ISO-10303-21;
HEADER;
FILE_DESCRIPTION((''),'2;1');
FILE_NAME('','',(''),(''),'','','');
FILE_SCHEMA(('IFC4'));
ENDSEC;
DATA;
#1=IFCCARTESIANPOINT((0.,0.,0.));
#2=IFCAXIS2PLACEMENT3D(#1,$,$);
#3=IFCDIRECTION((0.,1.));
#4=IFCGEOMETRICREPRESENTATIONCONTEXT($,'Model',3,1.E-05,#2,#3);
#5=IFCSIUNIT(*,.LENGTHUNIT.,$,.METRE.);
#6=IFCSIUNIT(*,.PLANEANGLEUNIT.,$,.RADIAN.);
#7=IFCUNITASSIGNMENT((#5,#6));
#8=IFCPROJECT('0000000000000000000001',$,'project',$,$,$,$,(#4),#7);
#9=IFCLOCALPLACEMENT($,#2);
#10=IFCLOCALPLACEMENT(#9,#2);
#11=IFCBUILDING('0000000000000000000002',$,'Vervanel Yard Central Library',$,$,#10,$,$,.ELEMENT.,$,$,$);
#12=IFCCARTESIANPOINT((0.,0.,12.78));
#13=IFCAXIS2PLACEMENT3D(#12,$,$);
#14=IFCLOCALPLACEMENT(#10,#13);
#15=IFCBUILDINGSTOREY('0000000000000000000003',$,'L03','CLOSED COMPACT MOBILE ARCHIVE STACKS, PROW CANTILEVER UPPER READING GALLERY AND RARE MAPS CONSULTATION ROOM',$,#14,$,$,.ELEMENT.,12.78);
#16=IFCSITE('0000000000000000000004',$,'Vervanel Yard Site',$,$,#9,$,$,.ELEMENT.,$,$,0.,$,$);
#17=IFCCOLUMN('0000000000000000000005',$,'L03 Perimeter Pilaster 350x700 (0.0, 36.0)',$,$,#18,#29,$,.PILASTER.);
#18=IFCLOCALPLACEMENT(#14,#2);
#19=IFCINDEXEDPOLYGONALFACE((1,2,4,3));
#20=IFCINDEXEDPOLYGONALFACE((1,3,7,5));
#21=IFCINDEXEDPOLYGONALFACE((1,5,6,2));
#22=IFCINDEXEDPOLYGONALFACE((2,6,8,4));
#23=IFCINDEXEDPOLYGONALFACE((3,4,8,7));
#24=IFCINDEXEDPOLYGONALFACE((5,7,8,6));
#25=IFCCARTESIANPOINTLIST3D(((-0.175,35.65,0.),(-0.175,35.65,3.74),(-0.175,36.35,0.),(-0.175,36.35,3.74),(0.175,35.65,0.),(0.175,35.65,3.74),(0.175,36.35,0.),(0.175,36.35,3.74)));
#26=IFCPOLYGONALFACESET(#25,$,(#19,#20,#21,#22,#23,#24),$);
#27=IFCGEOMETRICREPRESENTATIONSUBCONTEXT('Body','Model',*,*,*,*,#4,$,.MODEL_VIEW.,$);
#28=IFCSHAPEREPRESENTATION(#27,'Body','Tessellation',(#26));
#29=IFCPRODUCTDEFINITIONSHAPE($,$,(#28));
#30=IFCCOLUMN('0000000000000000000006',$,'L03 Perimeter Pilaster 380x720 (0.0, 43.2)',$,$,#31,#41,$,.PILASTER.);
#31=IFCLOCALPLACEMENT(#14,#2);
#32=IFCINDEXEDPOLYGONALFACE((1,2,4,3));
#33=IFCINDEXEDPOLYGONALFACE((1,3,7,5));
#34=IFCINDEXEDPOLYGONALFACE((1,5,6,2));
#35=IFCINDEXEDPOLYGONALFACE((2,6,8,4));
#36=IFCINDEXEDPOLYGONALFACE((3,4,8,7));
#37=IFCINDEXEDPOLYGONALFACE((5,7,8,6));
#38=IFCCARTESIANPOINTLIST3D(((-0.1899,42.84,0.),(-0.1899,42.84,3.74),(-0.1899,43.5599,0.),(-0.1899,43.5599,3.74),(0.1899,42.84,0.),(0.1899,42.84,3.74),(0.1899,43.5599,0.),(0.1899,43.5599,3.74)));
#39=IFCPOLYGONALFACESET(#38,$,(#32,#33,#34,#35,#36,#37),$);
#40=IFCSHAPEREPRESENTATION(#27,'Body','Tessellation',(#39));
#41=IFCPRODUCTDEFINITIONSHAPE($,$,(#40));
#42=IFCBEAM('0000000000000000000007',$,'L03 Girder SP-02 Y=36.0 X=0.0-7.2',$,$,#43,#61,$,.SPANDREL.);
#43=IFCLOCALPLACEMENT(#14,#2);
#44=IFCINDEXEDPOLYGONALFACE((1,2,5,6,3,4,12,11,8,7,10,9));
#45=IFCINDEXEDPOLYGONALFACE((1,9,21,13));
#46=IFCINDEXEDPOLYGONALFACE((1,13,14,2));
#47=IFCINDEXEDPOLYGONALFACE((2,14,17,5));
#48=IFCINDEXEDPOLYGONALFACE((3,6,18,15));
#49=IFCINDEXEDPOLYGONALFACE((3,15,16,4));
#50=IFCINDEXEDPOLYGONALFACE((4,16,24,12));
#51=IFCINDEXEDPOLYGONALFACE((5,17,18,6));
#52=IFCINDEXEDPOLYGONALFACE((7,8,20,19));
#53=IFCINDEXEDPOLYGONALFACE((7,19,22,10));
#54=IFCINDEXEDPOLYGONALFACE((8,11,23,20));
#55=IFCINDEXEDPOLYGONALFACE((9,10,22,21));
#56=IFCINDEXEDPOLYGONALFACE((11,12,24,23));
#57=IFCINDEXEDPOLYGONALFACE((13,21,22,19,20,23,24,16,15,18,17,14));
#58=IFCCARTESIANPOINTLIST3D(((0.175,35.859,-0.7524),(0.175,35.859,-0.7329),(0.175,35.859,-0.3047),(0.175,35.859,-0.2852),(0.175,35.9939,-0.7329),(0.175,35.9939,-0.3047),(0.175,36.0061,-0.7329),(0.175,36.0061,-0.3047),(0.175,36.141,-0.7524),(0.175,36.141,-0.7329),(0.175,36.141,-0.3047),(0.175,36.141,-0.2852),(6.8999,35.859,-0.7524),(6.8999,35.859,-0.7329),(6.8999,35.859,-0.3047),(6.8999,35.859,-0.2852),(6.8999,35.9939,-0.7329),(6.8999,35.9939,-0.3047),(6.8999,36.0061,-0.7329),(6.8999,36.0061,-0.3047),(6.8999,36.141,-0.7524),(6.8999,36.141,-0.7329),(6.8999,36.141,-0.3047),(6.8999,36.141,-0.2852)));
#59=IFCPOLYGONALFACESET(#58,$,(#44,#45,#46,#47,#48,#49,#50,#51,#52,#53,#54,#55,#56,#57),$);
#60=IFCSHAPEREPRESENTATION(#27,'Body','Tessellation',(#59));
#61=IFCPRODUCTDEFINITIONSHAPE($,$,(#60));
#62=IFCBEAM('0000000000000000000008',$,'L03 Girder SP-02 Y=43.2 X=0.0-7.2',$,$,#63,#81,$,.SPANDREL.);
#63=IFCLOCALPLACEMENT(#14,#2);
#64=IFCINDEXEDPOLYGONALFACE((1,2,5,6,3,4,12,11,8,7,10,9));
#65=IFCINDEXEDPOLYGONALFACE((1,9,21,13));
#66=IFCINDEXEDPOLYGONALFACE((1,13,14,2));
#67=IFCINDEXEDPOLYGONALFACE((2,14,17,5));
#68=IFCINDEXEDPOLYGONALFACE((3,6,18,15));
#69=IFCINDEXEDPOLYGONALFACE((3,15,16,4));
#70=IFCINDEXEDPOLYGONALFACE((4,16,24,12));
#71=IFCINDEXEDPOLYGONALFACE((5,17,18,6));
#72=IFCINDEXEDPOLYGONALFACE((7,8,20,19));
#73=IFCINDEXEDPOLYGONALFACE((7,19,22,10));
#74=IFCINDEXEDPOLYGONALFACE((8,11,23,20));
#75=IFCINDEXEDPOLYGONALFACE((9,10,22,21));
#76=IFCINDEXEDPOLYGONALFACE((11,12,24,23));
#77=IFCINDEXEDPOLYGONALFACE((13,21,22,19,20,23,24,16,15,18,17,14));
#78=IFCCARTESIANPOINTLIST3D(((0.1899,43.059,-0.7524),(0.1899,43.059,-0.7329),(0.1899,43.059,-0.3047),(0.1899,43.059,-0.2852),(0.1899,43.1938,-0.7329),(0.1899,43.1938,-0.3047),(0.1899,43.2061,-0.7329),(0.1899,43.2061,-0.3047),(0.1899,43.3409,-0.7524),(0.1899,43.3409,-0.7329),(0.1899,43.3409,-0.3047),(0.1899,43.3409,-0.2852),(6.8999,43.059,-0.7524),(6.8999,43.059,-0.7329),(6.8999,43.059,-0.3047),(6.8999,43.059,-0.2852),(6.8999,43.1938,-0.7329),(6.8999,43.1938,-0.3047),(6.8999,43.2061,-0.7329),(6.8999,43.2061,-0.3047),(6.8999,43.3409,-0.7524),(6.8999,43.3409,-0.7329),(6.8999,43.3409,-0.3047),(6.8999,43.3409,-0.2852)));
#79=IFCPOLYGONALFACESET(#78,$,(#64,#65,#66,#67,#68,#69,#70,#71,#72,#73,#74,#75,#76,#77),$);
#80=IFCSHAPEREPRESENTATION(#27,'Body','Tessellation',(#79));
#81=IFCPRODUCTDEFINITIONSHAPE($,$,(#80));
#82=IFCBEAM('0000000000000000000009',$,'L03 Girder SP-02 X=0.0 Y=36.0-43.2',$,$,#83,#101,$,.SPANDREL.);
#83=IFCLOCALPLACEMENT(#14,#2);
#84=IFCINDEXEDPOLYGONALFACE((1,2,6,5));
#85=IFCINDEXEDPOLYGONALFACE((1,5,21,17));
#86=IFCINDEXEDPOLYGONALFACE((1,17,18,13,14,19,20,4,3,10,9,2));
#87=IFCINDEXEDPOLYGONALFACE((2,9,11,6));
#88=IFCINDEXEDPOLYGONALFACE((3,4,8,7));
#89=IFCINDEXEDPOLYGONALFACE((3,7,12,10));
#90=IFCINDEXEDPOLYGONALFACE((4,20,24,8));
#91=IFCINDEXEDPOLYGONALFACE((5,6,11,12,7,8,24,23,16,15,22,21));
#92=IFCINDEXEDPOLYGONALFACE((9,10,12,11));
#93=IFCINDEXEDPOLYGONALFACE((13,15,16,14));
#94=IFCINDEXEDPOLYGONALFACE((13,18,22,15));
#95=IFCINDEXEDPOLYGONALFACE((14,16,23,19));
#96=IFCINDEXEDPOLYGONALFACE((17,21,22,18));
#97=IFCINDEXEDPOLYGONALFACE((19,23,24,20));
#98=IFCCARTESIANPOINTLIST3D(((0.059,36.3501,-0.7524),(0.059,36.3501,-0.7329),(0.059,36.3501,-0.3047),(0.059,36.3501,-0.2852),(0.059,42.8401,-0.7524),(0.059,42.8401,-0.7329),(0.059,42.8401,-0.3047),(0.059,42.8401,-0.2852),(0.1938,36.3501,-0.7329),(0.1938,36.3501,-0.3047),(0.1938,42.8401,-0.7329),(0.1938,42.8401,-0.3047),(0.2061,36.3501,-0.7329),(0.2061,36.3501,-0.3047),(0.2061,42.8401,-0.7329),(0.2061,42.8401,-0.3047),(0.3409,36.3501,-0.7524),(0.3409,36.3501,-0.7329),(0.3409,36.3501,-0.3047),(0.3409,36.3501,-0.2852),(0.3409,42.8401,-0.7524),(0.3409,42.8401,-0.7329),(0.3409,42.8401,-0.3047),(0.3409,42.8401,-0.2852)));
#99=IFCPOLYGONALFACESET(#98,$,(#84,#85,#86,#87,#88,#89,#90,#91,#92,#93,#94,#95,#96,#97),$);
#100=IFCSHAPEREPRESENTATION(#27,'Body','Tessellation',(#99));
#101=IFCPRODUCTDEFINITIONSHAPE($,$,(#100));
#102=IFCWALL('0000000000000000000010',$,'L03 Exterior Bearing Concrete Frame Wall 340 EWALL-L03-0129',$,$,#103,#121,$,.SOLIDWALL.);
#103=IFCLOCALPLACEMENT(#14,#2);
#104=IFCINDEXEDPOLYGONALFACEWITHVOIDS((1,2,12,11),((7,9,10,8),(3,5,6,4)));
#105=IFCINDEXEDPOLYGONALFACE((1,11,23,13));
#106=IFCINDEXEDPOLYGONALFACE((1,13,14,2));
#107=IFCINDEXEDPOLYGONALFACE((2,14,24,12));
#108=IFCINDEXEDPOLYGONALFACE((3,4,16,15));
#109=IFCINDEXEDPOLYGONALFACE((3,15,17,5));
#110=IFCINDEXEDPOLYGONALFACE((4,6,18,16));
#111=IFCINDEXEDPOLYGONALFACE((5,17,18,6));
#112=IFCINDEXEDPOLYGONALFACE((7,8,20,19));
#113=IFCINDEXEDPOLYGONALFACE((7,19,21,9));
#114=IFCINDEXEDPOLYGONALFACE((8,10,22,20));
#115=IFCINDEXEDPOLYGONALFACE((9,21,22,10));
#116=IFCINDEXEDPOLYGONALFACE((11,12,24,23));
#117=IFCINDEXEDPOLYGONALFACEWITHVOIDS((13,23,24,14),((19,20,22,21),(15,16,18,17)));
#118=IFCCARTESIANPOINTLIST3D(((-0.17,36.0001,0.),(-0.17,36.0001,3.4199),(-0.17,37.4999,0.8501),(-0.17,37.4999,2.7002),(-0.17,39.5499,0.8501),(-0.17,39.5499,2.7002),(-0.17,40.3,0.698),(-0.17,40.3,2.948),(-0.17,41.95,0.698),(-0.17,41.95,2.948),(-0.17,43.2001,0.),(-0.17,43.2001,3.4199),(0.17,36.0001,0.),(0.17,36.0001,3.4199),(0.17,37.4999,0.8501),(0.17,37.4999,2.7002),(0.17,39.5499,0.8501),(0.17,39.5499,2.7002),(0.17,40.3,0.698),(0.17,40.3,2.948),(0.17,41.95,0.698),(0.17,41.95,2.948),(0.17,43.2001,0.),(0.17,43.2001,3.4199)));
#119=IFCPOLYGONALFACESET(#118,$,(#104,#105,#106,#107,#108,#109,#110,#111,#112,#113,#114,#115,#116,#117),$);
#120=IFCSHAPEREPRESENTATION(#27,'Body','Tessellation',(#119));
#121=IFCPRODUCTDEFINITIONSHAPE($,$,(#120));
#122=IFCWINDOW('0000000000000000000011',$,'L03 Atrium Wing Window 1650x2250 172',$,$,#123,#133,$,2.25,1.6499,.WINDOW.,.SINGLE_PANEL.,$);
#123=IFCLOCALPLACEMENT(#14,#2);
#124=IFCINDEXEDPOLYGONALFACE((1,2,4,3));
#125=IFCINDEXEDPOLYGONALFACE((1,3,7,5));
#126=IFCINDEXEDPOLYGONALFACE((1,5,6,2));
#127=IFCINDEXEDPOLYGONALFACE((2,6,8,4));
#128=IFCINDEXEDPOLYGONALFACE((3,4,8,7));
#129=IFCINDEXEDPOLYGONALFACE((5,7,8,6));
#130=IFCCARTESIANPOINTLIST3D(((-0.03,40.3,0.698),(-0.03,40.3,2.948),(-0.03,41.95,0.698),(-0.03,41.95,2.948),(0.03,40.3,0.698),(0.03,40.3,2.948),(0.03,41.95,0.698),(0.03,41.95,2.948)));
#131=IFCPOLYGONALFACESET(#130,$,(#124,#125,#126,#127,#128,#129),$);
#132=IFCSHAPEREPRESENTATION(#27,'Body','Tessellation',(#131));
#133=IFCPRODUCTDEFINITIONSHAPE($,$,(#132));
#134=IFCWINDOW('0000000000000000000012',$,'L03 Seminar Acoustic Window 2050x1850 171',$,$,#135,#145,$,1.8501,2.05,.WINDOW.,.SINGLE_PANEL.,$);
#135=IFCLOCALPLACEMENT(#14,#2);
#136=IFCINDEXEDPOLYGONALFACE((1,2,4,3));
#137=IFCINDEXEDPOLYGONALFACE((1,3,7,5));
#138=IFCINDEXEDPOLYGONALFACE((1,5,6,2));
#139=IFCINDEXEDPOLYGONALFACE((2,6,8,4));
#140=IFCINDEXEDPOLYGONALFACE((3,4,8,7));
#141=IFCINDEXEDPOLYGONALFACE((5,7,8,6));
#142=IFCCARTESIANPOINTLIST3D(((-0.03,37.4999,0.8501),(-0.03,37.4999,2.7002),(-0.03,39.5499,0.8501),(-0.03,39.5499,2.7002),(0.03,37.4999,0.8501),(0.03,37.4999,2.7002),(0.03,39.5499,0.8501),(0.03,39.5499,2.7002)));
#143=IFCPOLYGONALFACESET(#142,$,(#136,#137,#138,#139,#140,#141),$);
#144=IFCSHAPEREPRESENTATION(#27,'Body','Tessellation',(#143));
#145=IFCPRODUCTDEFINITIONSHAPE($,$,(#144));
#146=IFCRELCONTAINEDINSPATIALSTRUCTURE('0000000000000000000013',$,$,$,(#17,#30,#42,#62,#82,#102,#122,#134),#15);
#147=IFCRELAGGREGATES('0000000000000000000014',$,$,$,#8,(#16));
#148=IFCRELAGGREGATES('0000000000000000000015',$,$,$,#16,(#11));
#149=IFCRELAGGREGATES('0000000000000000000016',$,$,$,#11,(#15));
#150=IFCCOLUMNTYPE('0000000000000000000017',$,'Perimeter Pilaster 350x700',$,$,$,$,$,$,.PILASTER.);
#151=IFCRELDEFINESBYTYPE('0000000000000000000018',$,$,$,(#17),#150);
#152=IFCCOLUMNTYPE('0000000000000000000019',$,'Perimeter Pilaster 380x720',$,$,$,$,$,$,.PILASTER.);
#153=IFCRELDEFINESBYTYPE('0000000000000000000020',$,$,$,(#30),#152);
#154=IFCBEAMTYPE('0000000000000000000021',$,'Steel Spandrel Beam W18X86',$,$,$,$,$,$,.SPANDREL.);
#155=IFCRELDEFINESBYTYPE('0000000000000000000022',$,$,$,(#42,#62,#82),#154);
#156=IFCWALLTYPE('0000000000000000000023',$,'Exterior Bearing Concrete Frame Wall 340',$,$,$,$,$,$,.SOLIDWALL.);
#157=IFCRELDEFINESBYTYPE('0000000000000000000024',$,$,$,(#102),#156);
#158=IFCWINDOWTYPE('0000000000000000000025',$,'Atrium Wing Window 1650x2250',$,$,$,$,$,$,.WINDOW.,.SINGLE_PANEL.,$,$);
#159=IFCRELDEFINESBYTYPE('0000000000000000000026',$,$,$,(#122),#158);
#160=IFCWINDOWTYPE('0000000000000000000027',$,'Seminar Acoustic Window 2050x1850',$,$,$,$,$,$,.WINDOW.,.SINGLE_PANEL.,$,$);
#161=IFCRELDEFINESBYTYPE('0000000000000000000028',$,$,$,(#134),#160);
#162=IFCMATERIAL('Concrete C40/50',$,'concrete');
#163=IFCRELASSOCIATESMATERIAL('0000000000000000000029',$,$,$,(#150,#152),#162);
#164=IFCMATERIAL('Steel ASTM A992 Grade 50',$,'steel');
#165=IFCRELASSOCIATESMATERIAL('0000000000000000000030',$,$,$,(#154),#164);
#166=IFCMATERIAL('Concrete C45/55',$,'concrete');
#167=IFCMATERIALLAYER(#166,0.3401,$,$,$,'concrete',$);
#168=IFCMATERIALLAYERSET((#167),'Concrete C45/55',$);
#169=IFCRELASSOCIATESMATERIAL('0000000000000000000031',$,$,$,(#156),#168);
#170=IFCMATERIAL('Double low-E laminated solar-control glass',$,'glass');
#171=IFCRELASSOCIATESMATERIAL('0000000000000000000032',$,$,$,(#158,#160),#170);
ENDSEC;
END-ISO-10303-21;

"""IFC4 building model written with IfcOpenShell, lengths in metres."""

from ifc_helpers import new_model, si_unit, direction, frame, frame_2d, origin, origin_2d, place, context, subcontext, project, spatial, rectangle, i_section, extrude, material, layer, layer_set, material_profile, profile_set, type_object, element, fill, save


model = new_model("IFC4")

# Units and contexts
model_context = context("Model", 3, precision=1e-05, world=origin(), true_north=direction((0.0, 1.0)))
body_context = subcontext(model_context, "Body", "Model", "MODEL_VIEW")
ifc_project = project(units=[si_unit("LENGTHUNIT", "METRE"), si_unit("PLANEANGLEUNIT", "RADIAN")], contexts=[model_context])

# Site, building, storey
site_placement = place(None, origin())
site = spatial("IfcSite", under=ifc_project, at=site_placement, Name="Vervanel Yard Site", CompositionType="ELEMENT", RefElevation=0.0)
building_placement = place(site_placement, origin())
building = spatial("IfcBuilding", under=site, at=building_placement, Name="Vervanel Yard Central Library", CompositionType="ELEMENT")
storey_placement = place(building_placement, frame((0.0, 0.0, 12.78)))
storey = spatial("IfcBuildingStorey", under=building, at=storey_placement, Name="L03", Description="CLOSED COMPACT MOBILE ARCHIVE STACKS, PROW CANTILEVER UPPER READING GALLERY AND RARE MAPS CONSULTATION ROOM", CompositionType="ELEMENT", Elevation=12.78)

# Columns
ifc_material_1 = material(Name="Concrete C40/50", Category="concrete")
ifc_material_profile_1 = material_profile(ifc_material_1, rectangle(XDim=0.3501, YDim=0.7, at=origin_2d()), Name="RC 350x700", Category="concrete")
ifc_profile_set_1 = profile_set([ifc_material_profile_1], Name="Concrete C40/50")
column_type_1 = type_object("IfcColumnType", Name="Perimeter Pilaster 350x700", PredefinedType="PILASTER", material=ifc_profile_set_1)
column_1_placement = place(storey_placement, frame((0.0, 36.0, 0.0), z_axis=(0.0, 0.0, 1.0), x_axis=(1.0, 0.0, 0.0)))
element("IfcColumn", 1, at=column_1_placement, inside=storey, type_object=column_type_1, Name="L03 Perimeter Pilaster 350x700 (0.0, 36.0)", PredefinedType="PILASTER", context=body_context, shape_type="SweptSolid", body=[
    extrude(rectangle(XDim=0.3501, YDim=0.7, at=origin_2d()), origin(), (0.0, 0.0, 1.0), 3.74),
])
ifc_material_profile_2 = material_profile(ifc_material_1, rectangle(XDim=0.3799, YDim=0.72, at=origin_2d()), Name="RC 380x720", Category="concrete")
ifc_profile_set_2 = profile_set([ifc_material_profile_2], Name="Concrete C40/50")
column_type_2 = type_object("IfcColumnType", Name="Perimeter Pilaster 380x720", PredefinedType="PILASTER", material=ifc_profile_set_2)
column_2_placement = place(storey_placement, frame((0.0, 43.2, 0.0), z_axis=(0.0, 0.0, 1.0), x_axis=(1.0, 0.0, 0.0)))
element("IfcColumn", 2, at=column_2_placement, inside=storey, type_object=column_type_2, Name="L03 Perimeter Pilaster 380x720 (0.0, 43.2)", PredefinedType="PILASTER", context=body_context, shape_type="SweptSolid", body=[
    extrude(rectangle(XDim=0.3799, YDim=0.72, at=origin_2d()), origin(), (0.0, 0.0, 1.0), 3.74),
])

# Beams
ifc_material_2 = material(Name="Steel ASTM A992 Grade 50", Category="steel")
ifc_material_profile_3 = material_profile(ifc_material_2, i_section(OverallWidth=0.282, OverallDepth=0.4673, WebThickness=0.0122, FlangeThickness=0.0195, at=origin_2d()), Name="W18X86", Category="steel")
ifc_profile_set_3 = profile_set([ifc_material_profile_3], Name="Steel ASTM A992 Grade 50")
beam_type = type_object("IfcBeamType", Name="Steel Spandrel Beam W18X86", PredefinedType="SPANDREL", material=ifc_profile_set_3)
beam_1_placement = place(storey_placement, frame((0.175, 36.0, -0.5188), z_axis=(1.0, 0.0, 0.0), x_axis=(0.0, 1.0, 0.0)))
element("IfcBeam", 3, at=beam_1_placement, inside=storey, type_object=beam_type, Name="L03 Girder SP-02 Y=36.0 X=0.0-7.2", PredefinedType="SPANDREL", context=body_context, shape_type="SweptSolid", body=[
    extrude(i_section(OverallWidth=0.282, OverallDepth=0.4673, WebThickness=0.0122, FlangeThickness=0.0195, at=origin_2d()), origin(), (0.0, 0.0, 1.0), 6.7249),
])
beam_2_placement = place(storey_placement, frame((0.1899, 43.2, -0.5188), z_axis=(1.0, 0.0, 0.0), x_axis=(0.0, 1.0, 0.0)))
element("IfcBeam", 4, at=beam_2_placement, inside=storey, type_object=beam_type, Name="L03 Girder SP-02 Y=43.2 X=0.0-7.2", PredefinedType="SPANDREL", context=body_context, shape_type="SweptSolid", body=[
    extrude(i_section(OverallWidth=0.282, OverallDepth=0.4673, WebThickness=0.0122, FlangeThickness=0.0195, at=origin_2d()), origin(), (0.0, 0.0, 1.0), 6.71),
])
beam_3_placement = place(storey_placement, frame((0.2, 36.3501, -0.5188), z_axis=(0.0, 1.0, 0.0), x_axis=(-1.0, 0.0, 0.0)))
element("IfcBeam", 5, at=beam_3_placement, inside=storey, type_object=beam_type, Name="L03 Girder SP-02 X=0.0 Y=36.0-43.2", PredefinedType="SPANDREL", context=body_context, shape_type="SweptSolid", body=[
    extrude(i_section(OverallWidth=0.282, OverallDepth=0.4673, WebThickness=0.0122, FlangeThickness=0.0195, at=origin_2d()), origin(), (0.0, 0.0, 1.0), 6.49),
])

# Wall, openings, windows
ifc_material_3 = material(Name="Concrete C45/55", Category="concrete")
ifc_layer_1 = layer(ifc_material_3, 0.3401, Category="concrete")
ifc_layer_set_1 = layer_set([ifc_layer_1], Name="Concrete C45/55")
wall_type = type_object("IfcWallType", Name="Exterior Bearing Concrete Frame Wall 340", PredefinedType="SOLIDWALL", material=ifc_layer_set_1)
wall_1_placement = place(storey_placement, frame((0.0, 36.0, 0.0), z_axis=(0.0, 0.0, 1.0), x_axis=(0.0, 1.0, 0.0)))
wall_1 = element("IfcWall", 6, at=wall_1_placement, inside=storey, type_object=wall_type, Name="L03 Exterior Bearing Concrete Frame Wall 340 EWALL-L03-0129", PredefinedType="SOLIDWALL", context=body_context, shape_type="SweptSolid", body=[
    extrude(rectangle(XDim=7.2, YDim=0.3401, at=frame_2d((3.6001, 0.0))), origin(), (0.0, 0.0, 1.0), 3.4199),
])
opening_1_placement = place(wall_1_placement, frame((1.5, 0.0, 0.8501)))
opening_1 = element("IfcOpeningElement", 7, at=opening_1_placement, cuts=wall_1, PredefinedType="OPENING", context=body_context, shape_type="SweptSolid", body=[
    extrude(rectangle(XDim=2.05, YDim=1.8501, at=frame_2d((1.0249, 0.925))), frame((0.0, 0.1799, 0.0), z_axis=(0.0, -1.0, 0.0), x_axis=(1.0, 0.0, 0.0)), (0.0, 0.0, 1.0), 0.3601),
])
opening_2_placement = place(wall_1_placement, frame((4.3, 0.0, 0.698)))
opening_2 = element("IfcOpeningElement", 8, at=opening_2_placement, cuts=wall_1, PredefinedType="OPENING", context=body_context, shape_type="SweptSolid", body=[
    extrude(rectangle(XDim=1.6499, YDim=2.25, at=frame_2d((0.825, 1.125))), frame((0.0, 0.1799, 0.0), z_axis=(0.0, -1.0, 0.0), x_axis=(1.0, 0.0, 0.0)), (0.0, 0.0, 1.0), 0.3601),
])
ifc_material_4 = material(Name="Double low-E laminated solar-control glass", Category="glass")
window_type_1 = type_object("IfcWindowType", Name="Atrium Wing Window 1650x2250", PartitioningType="SINGLE_PANEL", PredefinedType="WINDOW", material=ifc_material_4)
window_1_placement = place(opening_2_placement, origin())
window_1 = element("IfcWindow", 9, at=window_1_placement, inside=storey, type_object=window_type_1, Name="L03 Atrium Wing Window 1650x2250 172", OverallHeight=2.25, OverallWidth=1.6499, PartitioningType="SINGLE_PANEL", PredefinedType="WINDOW", context=body_context, shape_type="SweptSolid", body=[
    extrude(rectangle(XDim=1.6499, YDim=2.25, at=frame_2d((0.825, 1.125))), frame((0.0, 0.03, 0.0), z_axis=(0.0, -1.0, 0.0), x_axis=(1.0, 0.0, 0.0)), (0.0, 0.0, 1.0), 0.0601),
])
fill(opening_2, window_1)
window_type_2 = type_object("IfcWindowType", Name="Seminar Acoustic Window 2050x1850", PartitioningType="SINGLE_PANEL", PredefinedType="WINDOW", material=ifc_material_4)
window_2_placement = place(opening_1_placement, origin())
window_2 = element("IfcWindow", 10, at=window_2_placement, inside=storey, type_object=window_type_2, Name="L03 Seminar Acoustic Window 2050x1850 171", OverallHeight=1.8501, OverallWidth=2.05, PartitioningType="SINGLE_PANEL", PredefinedType="WINDOW", context=body_context, shape_type="SweptSolid", body=[
    extrude(rectangle(XDim=2.05, YDim=1.8501, at=frame_2d((1.0249, 0.925))), frame((0.0, 0.03, 0.0), z_axis=(0.0, -1.0, 0.0), x_axis=(1.0, 0.0, 0.0)), (0.0, 0.0, 1.0), 0.0601),
])
fill(opening_1, window_2)

save(model, "model.ifc")
